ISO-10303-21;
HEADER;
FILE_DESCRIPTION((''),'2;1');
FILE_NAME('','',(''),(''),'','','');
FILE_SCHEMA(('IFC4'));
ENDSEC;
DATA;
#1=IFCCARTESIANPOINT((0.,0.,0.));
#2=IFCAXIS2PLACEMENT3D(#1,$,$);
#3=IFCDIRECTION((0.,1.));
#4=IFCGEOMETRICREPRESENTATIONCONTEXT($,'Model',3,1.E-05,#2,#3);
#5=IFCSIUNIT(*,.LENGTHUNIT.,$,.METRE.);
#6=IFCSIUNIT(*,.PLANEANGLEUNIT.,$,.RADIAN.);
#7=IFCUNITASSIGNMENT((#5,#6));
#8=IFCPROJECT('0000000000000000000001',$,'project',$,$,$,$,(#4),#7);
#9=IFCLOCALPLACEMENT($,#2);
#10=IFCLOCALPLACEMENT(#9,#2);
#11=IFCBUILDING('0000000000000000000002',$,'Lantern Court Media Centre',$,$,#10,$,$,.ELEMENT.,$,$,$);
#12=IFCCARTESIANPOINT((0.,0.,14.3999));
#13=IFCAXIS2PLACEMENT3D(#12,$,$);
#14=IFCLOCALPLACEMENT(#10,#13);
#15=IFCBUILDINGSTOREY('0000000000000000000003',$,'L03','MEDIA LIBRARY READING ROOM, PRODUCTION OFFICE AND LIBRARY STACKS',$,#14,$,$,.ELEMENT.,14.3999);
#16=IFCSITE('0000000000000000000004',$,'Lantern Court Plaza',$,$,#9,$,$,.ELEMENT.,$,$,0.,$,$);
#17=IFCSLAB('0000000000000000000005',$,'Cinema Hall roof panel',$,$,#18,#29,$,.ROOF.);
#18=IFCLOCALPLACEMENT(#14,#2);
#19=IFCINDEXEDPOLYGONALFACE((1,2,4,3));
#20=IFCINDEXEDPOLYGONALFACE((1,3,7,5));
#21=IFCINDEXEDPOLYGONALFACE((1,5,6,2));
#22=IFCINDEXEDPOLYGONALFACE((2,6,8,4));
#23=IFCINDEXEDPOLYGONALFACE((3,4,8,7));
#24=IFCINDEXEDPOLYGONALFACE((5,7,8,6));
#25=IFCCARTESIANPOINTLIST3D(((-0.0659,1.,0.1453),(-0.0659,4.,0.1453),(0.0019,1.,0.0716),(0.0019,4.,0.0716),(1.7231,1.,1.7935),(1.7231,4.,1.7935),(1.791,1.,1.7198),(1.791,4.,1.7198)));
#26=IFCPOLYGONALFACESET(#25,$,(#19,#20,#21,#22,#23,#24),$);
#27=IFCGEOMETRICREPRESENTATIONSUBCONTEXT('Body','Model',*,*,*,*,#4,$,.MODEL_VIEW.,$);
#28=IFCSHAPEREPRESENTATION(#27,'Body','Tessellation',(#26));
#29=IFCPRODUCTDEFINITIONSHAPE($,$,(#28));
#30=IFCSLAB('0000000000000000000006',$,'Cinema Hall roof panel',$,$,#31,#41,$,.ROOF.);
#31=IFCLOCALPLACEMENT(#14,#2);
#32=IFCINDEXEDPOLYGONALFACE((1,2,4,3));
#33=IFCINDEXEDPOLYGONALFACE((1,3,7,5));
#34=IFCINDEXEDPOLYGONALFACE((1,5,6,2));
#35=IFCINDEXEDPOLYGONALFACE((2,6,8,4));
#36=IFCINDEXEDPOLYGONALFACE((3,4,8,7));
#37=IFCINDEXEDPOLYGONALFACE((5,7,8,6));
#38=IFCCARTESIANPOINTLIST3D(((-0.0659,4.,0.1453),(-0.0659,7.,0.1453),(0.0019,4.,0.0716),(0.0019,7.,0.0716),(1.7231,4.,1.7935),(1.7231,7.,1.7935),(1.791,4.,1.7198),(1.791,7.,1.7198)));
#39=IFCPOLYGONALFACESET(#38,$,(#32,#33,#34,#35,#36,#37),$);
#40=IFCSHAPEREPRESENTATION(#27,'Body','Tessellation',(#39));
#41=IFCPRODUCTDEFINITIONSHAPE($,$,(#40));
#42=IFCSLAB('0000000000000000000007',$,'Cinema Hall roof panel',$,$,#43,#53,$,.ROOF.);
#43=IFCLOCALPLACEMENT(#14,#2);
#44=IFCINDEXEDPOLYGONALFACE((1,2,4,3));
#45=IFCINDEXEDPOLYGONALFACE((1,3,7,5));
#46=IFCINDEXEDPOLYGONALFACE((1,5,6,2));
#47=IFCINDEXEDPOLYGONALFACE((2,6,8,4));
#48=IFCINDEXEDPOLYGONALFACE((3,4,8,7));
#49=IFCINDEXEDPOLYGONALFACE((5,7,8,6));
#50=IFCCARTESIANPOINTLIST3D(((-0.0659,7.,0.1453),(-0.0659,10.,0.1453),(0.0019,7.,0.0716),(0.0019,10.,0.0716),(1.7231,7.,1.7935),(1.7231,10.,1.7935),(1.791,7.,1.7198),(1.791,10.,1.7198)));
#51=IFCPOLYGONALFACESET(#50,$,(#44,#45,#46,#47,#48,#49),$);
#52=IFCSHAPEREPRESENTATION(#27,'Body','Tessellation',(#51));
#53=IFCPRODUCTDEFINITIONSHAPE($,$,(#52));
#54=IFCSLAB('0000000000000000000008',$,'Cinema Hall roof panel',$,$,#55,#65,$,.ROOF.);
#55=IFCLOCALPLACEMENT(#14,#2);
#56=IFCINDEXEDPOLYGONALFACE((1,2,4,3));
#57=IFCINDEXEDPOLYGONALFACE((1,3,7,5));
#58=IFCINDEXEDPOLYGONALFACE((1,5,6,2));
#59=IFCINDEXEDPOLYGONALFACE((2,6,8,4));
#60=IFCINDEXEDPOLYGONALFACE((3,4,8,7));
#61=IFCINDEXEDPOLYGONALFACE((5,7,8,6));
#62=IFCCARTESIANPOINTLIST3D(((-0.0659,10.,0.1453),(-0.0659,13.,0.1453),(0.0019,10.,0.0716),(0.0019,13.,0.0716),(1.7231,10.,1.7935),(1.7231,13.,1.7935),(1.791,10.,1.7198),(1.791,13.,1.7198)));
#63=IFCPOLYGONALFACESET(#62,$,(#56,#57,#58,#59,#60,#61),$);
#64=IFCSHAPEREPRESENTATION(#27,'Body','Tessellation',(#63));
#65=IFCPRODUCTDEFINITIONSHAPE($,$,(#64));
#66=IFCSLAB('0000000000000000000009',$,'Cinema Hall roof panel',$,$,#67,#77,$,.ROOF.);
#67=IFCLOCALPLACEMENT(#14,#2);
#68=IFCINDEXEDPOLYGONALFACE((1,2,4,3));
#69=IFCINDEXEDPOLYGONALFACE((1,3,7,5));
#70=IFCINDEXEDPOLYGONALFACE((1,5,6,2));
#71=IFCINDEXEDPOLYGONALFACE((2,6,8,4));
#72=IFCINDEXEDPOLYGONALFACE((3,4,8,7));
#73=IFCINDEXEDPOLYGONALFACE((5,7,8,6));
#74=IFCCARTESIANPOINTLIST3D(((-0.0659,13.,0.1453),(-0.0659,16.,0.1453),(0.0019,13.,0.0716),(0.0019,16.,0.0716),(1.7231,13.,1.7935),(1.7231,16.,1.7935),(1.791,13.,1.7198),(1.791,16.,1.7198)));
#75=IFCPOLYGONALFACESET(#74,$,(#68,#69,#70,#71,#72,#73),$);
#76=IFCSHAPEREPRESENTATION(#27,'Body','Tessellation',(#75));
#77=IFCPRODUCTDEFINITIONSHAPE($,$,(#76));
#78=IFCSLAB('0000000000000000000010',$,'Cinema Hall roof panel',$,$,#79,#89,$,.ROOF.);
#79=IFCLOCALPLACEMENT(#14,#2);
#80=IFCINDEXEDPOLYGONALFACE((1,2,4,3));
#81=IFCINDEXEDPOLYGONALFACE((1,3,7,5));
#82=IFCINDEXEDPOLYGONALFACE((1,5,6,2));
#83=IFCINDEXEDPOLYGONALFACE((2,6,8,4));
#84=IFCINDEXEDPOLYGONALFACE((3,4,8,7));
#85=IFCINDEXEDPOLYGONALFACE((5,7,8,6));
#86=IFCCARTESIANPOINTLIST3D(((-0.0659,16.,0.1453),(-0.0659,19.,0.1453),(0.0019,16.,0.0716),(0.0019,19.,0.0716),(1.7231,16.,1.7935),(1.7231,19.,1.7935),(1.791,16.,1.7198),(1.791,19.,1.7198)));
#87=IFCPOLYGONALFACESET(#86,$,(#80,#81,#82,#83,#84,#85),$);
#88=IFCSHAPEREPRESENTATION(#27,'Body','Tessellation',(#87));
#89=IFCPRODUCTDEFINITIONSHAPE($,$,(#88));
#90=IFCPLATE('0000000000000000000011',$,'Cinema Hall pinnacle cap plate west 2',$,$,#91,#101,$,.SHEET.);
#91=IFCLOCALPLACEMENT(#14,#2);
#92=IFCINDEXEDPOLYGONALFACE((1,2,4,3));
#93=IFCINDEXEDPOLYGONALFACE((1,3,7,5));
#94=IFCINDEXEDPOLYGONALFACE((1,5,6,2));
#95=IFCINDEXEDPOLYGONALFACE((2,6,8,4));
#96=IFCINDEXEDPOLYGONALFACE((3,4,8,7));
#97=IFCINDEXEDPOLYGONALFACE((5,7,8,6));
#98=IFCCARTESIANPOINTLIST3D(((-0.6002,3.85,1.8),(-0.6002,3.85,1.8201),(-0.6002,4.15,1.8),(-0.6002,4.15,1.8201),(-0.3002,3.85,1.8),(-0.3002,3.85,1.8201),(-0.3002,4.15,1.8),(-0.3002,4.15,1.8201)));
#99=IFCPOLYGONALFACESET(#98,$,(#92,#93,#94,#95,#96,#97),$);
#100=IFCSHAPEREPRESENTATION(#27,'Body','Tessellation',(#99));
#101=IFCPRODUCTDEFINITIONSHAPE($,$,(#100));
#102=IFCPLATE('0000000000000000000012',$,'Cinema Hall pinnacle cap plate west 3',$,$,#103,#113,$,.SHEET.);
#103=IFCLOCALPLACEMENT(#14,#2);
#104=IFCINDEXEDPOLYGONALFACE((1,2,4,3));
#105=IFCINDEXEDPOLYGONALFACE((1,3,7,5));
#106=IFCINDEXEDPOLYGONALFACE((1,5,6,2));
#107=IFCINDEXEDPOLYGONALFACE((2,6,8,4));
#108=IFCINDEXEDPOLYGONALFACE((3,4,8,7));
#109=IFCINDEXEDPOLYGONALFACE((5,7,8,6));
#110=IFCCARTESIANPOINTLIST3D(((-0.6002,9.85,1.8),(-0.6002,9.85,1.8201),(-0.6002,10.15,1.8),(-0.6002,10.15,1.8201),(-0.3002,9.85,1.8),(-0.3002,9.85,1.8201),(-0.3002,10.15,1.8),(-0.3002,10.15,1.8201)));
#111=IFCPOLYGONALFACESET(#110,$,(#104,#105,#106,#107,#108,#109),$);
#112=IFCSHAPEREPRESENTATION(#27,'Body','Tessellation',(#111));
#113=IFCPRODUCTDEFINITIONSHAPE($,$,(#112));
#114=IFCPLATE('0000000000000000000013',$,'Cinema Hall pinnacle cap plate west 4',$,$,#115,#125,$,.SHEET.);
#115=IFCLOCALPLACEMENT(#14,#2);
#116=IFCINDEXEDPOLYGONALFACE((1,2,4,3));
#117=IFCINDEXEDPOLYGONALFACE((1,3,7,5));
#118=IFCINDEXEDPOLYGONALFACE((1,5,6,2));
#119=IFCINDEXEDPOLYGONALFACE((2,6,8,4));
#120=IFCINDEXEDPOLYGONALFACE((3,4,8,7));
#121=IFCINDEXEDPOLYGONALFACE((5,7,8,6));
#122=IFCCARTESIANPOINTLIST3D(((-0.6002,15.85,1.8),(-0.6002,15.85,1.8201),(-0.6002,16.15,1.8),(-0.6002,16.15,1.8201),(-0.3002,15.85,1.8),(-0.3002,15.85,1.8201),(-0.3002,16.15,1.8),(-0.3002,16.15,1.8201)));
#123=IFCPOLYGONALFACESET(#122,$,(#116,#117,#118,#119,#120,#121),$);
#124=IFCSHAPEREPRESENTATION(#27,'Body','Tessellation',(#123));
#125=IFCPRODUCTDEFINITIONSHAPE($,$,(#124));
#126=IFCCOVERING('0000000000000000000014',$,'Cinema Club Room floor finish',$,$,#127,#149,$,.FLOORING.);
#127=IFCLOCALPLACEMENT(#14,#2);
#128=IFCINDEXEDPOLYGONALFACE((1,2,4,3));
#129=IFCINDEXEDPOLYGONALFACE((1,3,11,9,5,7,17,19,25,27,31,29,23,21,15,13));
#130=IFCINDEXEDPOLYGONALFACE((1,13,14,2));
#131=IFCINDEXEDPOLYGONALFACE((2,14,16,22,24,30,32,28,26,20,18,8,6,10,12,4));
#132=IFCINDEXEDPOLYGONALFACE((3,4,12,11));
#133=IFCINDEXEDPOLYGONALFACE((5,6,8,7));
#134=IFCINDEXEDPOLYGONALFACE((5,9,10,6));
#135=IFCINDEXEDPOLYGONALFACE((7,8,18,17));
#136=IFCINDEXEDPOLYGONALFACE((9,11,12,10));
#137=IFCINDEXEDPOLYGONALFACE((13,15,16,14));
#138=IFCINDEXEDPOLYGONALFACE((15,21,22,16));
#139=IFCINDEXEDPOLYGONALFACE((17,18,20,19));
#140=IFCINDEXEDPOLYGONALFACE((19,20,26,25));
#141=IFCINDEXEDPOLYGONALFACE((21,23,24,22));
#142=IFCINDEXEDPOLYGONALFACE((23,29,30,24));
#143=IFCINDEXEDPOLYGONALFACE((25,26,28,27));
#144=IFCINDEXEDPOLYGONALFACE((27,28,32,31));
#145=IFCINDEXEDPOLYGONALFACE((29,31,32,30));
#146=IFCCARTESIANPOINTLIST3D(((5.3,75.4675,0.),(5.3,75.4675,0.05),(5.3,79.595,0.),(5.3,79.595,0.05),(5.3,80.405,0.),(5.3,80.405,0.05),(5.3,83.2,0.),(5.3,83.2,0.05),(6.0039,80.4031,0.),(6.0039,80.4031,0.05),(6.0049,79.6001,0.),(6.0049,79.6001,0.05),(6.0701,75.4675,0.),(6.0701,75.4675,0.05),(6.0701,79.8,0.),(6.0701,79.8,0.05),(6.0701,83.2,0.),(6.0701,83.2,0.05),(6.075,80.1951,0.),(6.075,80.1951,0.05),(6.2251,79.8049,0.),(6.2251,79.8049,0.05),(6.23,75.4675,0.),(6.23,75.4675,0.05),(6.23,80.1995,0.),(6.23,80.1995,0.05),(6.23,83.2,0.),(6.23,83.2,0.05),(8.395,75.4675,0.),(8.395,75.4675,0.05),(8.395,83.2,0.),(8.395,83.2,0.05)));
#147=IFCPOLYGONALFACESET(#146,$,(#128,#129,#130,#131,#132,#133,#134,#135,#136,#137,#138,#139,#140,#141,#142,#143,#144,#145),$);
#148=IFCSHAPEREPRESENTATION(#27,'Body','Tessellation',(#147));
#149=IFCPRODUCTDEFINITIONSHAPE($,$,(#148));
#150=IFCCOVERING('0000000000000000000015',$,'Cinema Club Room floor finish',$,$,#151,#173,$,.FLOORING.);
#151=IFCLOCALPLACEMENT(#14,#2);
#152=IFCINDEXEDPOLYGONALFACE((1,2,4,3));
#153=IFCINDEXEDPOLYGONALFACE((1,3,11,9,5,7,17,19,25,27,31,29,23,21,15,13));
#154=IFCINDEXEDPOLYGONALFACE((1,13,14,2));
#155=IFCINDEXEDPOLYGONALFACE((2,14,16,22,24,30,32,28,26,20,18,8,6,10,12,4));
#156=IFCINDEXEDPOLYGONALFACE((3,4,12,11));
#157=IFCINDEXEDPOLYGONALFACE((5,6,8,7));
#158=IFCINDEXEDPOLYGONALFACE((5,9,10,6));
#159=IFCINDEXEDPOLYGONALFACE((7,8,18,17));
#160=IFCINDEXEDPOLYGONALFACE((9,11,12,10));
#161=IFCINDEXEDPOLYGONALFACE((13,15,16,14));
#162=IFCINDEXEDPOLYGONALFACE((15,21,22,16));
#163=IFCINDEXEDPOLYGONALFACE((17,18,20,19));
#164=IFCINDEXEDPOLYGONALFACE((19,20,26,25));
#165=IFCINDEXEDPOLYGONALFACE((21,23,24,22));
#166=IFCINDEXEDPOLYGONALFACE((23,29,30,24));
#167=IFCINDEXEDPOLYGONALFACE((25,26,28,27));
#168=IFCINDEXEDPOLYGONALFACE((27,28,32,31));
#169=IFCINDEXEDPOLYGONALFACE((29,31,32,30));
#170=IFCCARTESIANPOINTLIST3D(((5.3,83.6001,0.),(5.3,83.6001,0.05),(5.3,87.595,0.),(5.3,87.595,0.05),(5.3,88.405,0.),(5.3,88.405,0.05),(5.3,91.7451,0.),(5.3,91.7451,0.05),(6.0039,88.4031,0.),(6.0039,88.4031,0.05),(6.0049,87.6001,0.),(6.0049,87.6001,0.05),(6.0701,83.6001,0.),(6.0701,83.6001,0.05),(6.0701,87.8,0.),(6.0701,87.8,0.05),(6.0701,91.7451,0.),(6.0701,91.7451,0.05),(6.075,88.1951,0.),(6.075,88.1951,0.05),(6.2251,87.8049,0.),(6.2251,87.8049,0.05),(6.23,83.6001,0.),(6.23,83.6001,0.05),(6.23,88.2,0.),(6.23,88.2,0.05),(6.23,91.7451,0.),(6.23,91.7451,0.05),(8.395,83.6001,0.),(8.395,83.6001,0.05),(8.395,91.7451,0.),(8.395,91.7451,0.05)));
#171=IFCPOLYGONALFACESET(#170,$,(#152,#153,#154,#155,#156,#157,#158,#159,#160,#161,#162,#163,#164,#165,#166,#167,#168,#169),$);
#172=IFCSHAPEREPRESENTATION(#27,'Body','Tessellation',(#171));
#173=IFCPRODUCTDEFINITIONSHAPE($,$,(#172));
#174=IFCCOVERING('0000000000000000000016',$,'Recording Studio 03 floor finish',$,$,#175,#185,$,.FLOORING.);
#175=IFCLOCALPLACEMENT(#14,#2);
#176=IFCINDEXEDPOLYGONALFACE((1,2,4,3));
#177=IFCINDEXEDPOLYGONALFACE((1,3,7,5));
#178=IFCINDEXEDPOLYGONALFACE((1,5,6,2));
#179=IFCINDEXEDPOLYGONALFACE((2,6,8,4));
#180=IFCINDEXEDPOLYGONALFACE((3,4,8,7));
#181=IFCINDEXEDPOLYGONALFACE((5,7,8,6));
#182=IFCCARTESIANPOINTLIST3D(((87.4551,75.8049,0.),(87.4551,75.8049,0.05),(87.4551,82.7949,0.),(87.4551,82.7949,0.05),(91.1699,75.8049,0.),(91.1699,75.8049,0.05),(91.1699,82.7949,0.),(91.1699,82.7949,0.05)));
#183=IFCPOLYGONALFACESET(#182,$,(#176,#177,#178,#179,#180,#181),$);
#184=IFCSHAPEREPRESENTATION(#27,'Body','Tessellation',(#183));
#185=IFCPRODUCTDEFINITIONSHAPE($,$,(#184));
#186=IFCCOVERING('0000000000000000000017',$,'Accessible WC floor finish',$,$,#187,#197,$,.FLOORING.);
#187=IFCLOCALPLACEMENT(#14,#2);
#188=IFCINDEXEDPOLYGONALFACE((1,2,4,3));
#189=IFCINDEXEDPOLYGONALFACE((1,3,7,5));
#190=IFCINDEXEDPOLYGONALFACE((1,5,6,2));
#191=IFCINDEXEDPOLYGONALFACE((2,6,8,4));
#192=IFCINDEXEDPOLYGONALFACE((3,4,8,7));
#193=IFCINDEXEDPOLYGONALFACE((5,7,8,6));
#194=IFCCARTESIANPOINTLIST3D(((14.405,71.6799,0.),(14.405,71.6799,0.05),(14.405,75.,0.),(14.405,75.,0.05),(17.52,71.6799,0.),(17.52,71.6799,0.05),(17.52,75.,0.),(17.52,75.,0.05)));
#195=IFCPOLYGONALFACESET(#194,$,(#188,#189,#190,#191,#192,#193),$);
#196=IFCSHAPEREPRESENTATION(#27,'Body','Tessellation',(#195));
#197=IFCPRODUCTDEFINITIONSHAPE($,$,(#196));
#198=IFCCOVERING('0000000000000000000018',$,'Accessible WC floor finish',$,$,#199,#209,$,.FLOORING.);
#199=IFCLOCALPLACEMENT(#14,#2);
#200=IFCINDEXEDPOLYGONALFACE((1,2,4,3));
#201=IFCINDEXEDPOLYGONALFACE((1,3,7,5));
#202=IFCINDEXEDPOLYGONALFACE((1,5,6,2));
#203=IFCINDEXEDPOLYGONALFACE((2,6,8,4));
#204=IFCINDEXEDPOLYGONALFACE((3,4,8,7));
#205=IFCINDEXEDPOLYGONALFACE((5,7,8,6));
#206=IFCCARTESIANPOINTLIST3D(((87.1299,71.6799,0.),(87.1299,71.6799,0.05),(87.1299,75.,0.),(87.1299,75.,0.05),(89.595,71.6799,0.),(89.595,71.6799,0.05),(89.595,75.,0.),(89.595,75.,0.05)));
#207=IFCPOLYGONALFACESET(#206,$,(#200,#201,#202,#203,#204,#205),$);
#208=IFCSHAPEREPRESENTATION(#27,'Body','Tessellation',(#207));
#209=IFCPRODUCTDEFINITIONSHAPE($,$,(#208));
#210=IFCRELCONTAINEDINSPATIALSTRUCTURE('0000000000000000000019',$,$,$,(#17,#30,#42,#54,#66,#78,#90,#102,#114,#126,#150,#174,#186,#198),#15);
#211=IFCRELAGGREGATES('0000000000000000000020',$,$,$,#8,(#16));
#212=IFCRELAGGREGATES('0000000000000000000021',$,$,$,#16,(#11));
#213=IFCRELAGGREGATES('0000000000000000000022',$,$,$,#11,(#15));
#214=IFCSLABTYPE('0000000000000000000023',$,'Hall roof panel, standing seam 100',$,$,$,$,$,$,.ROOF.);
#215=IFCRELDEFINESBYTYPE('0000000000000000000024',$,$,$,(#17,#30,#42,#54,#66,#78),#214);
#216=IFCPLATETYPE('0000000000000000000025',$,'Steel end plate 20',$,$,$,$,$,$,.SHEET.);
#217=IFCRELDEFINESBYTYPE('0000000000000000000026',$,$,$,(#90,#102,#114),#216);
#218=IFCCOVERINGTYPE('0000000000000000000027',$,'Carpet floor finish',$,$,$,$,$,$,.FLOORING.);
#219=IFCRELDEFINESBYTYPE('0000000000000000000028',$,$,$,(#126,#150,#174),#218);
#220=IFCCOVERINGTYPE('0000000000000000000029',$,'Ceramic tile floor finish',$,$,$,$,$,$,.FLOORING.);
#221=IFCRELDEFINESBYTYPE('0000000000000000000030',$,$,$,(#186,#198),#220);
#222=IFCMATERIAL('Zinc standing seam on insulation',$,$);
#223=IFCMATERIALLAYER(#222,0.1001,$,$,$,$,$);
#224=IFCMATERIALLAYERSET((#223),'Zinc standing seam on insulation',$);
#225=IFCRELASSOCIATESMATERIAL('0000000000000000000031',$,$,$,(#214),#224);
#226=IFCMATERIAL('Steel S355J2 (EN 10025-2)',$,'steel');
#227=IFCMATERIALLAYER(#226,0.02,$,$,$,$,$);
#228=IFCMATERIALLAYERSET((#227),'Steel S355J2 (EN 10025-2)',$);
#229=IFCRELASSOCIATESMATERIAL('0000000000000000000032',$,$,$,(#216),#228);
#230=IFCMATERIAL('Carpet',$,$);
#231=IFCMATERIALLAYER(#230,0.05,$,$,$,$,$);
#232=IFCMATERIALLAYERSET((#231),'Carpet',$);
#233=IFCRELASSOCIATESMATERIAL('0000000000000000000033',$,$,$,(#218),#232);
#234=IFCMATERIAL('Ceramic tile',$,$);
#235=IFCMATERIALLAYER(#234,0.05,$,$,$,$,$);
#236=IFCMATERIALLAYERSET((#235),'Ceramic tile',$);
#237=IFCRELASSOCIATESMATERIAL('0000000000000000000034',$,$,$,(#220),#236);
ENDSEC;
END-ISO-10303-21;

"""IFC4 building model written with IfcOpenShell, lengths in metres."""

from ifc_helpers import new_model, si_unit, direction, frame, origin, origin_2d, place, context, subcontext, project, spatial, polyline, rectangle, outline, extrude, material, layer, layer_set, type_object, element, save


model = new_model("IFC4")

# Units and contexts
model_context = context("Model", 3, precision=1e-05, world=origin(), true_north=direction((0.0, 1.0)))
body_context = subcontext(model_context, "Body", "Model", "MODEL_VIEW")
ifc_project = project(units=[si_unit("LENGTHUNIT", "METRE"), si_unit("PLANEANGLEUNIT", "RADIAN")], contexts=[model_context])

# Site, building, storey
site_placement = place(None, origin())
site = spatial("IfcSite", under=ifc_project, at=site_placement, Name="Lantern Court Plaza", CompositionType="ELEMENT", RefElevation=0.0)
building_placement = place(site_placement, origin())
building = spatial("IfcBuilding", under=site, at=building_placement, Name="Lantern Court Media Centre", CompositionType="ELEMENT")
storey_placement = place(building_placement, frame((0.0, 0.0, 14.3999)))
storey = spatial("IfcBuildingStorey", under=building, at=storey_placement, Name="L03", Description="MEDIA LIBRARY READING ROOM, PRODUCTION OFFICE AND LIBRARY STACKS", CompositionType="ELEMENT", Elevation=14.3999)

# Shared definitions
ifc_material_1 = material(Name="Steel S355J2 (EN 10025-2)", Category="steel")

# Slabs
ifc_material_2 = material(Name="Zinc standing seam on insulation")
ifc_layer_1 = layer(ifc_material_2, 0.1001)
ifc_layer_set_1 = layer_set([ifc_layer_1], Name="Zinc standing seam on insulation")
slab_type = type_object("IfcSlabType", Name="Hall roof panel, standing seam 100", PredefinedType="ROOF", material=ifc_layer_set_1)
for number, where, z_axis, x_axis, name in (
    (1, (-0.0659, 1.0, 0.1453), (-0.677559, 0.0, 0.735469), (0.735469, 0.0, 0.677559), "Cinema Hall roof panel"),
    (2, (-0.0659, 4.0, 0.1453), (-0.677559, 0.0, 0.735469), (0.735469, 0.0, 0.677559), "Cinema Hall roof panel"),
    (3, (-0.0659, 7.0, 0.1453), (-0.677559, 0.0, 0.735469), (0.735469, 0.0, 0.677559), "Cinema Hall roof panel"),
    (4, (-0.0659, 10.0, 0.1453), (-0.677559, 0.0, 0.735469), (0.735469, 0.0, 0.677559), "Cinema Hall roof panel"),
    (5, (-0.0659, 13.0, 0.1453), (-0.677559, 0.0, 0.735469), (0.735469, 0.0, 0.677559), "Cinema Hall roof panel"),
    (6, (-0.0659, 16.0, 0.1453), (-0.677559, 0.0, 0.735469), (0.735469, 0.0, 0.677559), "Cinema Hall roof panel"),
):
    element("IfcSlab", number, at=place(storey_placement, frame(where, z_axis=z_axis, x_axis=x_axis)), inside=storey, type_object=slab_type, Name=name, PredefinedType="ROOF", context=body_context, shape_type="SweptSolid", body=[
        extrude(outline(polyline([(0.0, 0.0), (2.4325, 0.0), (2.4325, 3.0), (0.0, 3.0), (0.0, 0.0)])), origin(), (0.0, 0.0, -1.0), 0.1001),
    ])

# Plates
ifc_layer_2 = layer(ifc_material_1, 0.02)
ifc_layer_set_2 = layer_set([ifc_layer_2], Name="Steel S355J2 (EN 10025-2)")
plate_type = type_object("IfcPlateType", Name="Steel end plate 20", PredefinedType="SHEET", material=ifc_layer_set_2)
for number, where, z_axis, x_axis, name in (
    (7, (-0.4502, 4.0, 1.8), (0.0, 0.0, 1.0), (1.0, 0.0, 0.0), "Cinema Hall pinnacle cap plate west 2"),
    (8, (-0.4502, 10.0, 1.8), (0.0, 0.0, 1.0), (1.0, 0.0, 0.0), "Cinema Hall pinnacle cap plate west 3"),
    (9, (-0.4502, 16.0, 1.8), (0.0, 0.0, 1.0), (1.0, 0.0, 0.0), "Cinema Hall pinnacle cap plate west 4"),
):
    element("IfcPlate", number, at=place(storey_placement, frame(where, z_axis=z_axis, x_axis=x_axis)), inside=storey, type_object=plate_type, Name=name, PredefinedType="SHEET", context=body_context, shape_type="SweptSolid", body=[
        extrude(rectangle(XDim=0.3, YDim=0.3, at=origin_2d()), origin(), (0.0, 0.0, 1.0), 0.02),
    ])

# Coverings
ifc_material_3 = material(Name="Carpet")
ifc_layer_3 = layer(ifc_material_3, 0.05)
ifc_layer_set_3 = layer_set([ifc_layer_3], Name="Carpet")
covering_type_1 = type_object("IfcCoveringType", Name="Carpet floor finish", PredefinedType="FLOORING", material=ifc_layer_set_3)
covering_1_placement = place(storey_placement, origin())
element("IfcCovering", 10, at=covering_1_placement, inside=storey, type_object=covering_type_1, Name="Cinema Club Room floor finish", PredefinedType="FLOORING", context=body_context, shape_type="SweptSolid", body=[
    extrude(outline(polyline([(8.395, 83.2), (8.395, 75.4675), (6.23, 75.4675), (6.2251, 79.8049), (6.0701, 79.8), (6.0701, 75.4675), (5.3, 75.4675), (5.3, 79.595), (6.0049, 79.6001), (6.0039, 80.4031), (5.3, 80.405), (5.3, 83.2), (6.0701, 83.2), (6.075, 80.1951), (6.23, 80.1995), (6.23, 83.2), (8.395, 83.2)])), origin(), (0.0, 0.0, 1.0), 0.05),
])
covering_2_placement = place(storey_placement, origin())
element("IfcCovering", 11, at=covering_2_placement, inside=storey, type_object=covering_type_1, Name="Cinema Club Room floor finish", PredefinedType="FLOORING", context=body_context, shape_type="SweptSolid", body=[
    extrude(outline(polyline([(5.3, 91.7451), (6.0701, 91.7451), (6.075, 88.1951), (6.23, 88.2), (6.23, 91.7451), (8.395, 91.7451), (8.395, 83.6001), (6.23, 83.6001), (6.2251, 87.8049), (6.0701, 87.8), (6.0701, 83.6001), (5.3, 83.6001), (5.3, 87.595), (6.0049, 87.6001), (6.0039, 88.4031), (5.3, 88.405), (5.3, 91.7451)])), origin(), (0.0, 0.0, 1.0), 0.05),
])
covering_3_placement = place(storey_placement, origin())
element("IfcCovering", 12, at=covering_3_placement, inside=storey, type_object=covering_type_1, Name="Recording Studio 03 floor finish", PredefinedType="FLOORING", context=body_context, shape_type="SweptSolid", body=[
    extrude(outline(polyline([(87.4551, 75.8049), (87.4551, 82.7949), (91.1699, 82.7949), (91.1699, 75.8049), (87.4551, 75.8049)])), origin(), (0.0, 0.0, 1.0), 0.05),
])
ifc_material_4 = material(Name="Ceramic tile")
ifc_layer_4 = layer(ifc_material_4, 0.05)
ifc_layer_set_4 = layer_set([ifc_layer_4], Name="Ceramic tile")
covering_type_2 = type_object("IfcCoveringType", Name="Ceramic tile floor finish", PredefinedType="FLOORING", material=ifc_layer_set_4)
covering_4_placement = place(storey_placement, origin())
element("IfcCovering", 13, at=covering_4_placement, inside=storey, type_object=covering_type_2, Name="Accessible WC floor finish", PredefinedType="FLOORING", context=body_context, shape_type="SweptSolid", body=[
    extrude(outline(polyline([(17.52, 75.0), (17.52, 71.6799), (14.405, 71.6799), (14.405, 75.0), (17.52, 75.0)])), origin(), (0.0, 0.0, 1.0), 0.05),
])
covering_5_placement = place(storey_placement, origin())
element("IfcCovering", 14, at=covering_5_placement, inside=storey, type_object=covering_type_2, Name="Accessible WC floor finish", PredefinedType="FLOORING", context=body_context, shape_type="SweptSolid", body=[
    extrude(outline(polyline([(89.595, 75.0), (89.595, 71.6799), (87.1299, 71.6799), (87.1299, 75.0), (89.595, 75.0)])), origin(), (0.0, 0.0, 1.0), 0.05),
])

save(model, "model.ifc")
